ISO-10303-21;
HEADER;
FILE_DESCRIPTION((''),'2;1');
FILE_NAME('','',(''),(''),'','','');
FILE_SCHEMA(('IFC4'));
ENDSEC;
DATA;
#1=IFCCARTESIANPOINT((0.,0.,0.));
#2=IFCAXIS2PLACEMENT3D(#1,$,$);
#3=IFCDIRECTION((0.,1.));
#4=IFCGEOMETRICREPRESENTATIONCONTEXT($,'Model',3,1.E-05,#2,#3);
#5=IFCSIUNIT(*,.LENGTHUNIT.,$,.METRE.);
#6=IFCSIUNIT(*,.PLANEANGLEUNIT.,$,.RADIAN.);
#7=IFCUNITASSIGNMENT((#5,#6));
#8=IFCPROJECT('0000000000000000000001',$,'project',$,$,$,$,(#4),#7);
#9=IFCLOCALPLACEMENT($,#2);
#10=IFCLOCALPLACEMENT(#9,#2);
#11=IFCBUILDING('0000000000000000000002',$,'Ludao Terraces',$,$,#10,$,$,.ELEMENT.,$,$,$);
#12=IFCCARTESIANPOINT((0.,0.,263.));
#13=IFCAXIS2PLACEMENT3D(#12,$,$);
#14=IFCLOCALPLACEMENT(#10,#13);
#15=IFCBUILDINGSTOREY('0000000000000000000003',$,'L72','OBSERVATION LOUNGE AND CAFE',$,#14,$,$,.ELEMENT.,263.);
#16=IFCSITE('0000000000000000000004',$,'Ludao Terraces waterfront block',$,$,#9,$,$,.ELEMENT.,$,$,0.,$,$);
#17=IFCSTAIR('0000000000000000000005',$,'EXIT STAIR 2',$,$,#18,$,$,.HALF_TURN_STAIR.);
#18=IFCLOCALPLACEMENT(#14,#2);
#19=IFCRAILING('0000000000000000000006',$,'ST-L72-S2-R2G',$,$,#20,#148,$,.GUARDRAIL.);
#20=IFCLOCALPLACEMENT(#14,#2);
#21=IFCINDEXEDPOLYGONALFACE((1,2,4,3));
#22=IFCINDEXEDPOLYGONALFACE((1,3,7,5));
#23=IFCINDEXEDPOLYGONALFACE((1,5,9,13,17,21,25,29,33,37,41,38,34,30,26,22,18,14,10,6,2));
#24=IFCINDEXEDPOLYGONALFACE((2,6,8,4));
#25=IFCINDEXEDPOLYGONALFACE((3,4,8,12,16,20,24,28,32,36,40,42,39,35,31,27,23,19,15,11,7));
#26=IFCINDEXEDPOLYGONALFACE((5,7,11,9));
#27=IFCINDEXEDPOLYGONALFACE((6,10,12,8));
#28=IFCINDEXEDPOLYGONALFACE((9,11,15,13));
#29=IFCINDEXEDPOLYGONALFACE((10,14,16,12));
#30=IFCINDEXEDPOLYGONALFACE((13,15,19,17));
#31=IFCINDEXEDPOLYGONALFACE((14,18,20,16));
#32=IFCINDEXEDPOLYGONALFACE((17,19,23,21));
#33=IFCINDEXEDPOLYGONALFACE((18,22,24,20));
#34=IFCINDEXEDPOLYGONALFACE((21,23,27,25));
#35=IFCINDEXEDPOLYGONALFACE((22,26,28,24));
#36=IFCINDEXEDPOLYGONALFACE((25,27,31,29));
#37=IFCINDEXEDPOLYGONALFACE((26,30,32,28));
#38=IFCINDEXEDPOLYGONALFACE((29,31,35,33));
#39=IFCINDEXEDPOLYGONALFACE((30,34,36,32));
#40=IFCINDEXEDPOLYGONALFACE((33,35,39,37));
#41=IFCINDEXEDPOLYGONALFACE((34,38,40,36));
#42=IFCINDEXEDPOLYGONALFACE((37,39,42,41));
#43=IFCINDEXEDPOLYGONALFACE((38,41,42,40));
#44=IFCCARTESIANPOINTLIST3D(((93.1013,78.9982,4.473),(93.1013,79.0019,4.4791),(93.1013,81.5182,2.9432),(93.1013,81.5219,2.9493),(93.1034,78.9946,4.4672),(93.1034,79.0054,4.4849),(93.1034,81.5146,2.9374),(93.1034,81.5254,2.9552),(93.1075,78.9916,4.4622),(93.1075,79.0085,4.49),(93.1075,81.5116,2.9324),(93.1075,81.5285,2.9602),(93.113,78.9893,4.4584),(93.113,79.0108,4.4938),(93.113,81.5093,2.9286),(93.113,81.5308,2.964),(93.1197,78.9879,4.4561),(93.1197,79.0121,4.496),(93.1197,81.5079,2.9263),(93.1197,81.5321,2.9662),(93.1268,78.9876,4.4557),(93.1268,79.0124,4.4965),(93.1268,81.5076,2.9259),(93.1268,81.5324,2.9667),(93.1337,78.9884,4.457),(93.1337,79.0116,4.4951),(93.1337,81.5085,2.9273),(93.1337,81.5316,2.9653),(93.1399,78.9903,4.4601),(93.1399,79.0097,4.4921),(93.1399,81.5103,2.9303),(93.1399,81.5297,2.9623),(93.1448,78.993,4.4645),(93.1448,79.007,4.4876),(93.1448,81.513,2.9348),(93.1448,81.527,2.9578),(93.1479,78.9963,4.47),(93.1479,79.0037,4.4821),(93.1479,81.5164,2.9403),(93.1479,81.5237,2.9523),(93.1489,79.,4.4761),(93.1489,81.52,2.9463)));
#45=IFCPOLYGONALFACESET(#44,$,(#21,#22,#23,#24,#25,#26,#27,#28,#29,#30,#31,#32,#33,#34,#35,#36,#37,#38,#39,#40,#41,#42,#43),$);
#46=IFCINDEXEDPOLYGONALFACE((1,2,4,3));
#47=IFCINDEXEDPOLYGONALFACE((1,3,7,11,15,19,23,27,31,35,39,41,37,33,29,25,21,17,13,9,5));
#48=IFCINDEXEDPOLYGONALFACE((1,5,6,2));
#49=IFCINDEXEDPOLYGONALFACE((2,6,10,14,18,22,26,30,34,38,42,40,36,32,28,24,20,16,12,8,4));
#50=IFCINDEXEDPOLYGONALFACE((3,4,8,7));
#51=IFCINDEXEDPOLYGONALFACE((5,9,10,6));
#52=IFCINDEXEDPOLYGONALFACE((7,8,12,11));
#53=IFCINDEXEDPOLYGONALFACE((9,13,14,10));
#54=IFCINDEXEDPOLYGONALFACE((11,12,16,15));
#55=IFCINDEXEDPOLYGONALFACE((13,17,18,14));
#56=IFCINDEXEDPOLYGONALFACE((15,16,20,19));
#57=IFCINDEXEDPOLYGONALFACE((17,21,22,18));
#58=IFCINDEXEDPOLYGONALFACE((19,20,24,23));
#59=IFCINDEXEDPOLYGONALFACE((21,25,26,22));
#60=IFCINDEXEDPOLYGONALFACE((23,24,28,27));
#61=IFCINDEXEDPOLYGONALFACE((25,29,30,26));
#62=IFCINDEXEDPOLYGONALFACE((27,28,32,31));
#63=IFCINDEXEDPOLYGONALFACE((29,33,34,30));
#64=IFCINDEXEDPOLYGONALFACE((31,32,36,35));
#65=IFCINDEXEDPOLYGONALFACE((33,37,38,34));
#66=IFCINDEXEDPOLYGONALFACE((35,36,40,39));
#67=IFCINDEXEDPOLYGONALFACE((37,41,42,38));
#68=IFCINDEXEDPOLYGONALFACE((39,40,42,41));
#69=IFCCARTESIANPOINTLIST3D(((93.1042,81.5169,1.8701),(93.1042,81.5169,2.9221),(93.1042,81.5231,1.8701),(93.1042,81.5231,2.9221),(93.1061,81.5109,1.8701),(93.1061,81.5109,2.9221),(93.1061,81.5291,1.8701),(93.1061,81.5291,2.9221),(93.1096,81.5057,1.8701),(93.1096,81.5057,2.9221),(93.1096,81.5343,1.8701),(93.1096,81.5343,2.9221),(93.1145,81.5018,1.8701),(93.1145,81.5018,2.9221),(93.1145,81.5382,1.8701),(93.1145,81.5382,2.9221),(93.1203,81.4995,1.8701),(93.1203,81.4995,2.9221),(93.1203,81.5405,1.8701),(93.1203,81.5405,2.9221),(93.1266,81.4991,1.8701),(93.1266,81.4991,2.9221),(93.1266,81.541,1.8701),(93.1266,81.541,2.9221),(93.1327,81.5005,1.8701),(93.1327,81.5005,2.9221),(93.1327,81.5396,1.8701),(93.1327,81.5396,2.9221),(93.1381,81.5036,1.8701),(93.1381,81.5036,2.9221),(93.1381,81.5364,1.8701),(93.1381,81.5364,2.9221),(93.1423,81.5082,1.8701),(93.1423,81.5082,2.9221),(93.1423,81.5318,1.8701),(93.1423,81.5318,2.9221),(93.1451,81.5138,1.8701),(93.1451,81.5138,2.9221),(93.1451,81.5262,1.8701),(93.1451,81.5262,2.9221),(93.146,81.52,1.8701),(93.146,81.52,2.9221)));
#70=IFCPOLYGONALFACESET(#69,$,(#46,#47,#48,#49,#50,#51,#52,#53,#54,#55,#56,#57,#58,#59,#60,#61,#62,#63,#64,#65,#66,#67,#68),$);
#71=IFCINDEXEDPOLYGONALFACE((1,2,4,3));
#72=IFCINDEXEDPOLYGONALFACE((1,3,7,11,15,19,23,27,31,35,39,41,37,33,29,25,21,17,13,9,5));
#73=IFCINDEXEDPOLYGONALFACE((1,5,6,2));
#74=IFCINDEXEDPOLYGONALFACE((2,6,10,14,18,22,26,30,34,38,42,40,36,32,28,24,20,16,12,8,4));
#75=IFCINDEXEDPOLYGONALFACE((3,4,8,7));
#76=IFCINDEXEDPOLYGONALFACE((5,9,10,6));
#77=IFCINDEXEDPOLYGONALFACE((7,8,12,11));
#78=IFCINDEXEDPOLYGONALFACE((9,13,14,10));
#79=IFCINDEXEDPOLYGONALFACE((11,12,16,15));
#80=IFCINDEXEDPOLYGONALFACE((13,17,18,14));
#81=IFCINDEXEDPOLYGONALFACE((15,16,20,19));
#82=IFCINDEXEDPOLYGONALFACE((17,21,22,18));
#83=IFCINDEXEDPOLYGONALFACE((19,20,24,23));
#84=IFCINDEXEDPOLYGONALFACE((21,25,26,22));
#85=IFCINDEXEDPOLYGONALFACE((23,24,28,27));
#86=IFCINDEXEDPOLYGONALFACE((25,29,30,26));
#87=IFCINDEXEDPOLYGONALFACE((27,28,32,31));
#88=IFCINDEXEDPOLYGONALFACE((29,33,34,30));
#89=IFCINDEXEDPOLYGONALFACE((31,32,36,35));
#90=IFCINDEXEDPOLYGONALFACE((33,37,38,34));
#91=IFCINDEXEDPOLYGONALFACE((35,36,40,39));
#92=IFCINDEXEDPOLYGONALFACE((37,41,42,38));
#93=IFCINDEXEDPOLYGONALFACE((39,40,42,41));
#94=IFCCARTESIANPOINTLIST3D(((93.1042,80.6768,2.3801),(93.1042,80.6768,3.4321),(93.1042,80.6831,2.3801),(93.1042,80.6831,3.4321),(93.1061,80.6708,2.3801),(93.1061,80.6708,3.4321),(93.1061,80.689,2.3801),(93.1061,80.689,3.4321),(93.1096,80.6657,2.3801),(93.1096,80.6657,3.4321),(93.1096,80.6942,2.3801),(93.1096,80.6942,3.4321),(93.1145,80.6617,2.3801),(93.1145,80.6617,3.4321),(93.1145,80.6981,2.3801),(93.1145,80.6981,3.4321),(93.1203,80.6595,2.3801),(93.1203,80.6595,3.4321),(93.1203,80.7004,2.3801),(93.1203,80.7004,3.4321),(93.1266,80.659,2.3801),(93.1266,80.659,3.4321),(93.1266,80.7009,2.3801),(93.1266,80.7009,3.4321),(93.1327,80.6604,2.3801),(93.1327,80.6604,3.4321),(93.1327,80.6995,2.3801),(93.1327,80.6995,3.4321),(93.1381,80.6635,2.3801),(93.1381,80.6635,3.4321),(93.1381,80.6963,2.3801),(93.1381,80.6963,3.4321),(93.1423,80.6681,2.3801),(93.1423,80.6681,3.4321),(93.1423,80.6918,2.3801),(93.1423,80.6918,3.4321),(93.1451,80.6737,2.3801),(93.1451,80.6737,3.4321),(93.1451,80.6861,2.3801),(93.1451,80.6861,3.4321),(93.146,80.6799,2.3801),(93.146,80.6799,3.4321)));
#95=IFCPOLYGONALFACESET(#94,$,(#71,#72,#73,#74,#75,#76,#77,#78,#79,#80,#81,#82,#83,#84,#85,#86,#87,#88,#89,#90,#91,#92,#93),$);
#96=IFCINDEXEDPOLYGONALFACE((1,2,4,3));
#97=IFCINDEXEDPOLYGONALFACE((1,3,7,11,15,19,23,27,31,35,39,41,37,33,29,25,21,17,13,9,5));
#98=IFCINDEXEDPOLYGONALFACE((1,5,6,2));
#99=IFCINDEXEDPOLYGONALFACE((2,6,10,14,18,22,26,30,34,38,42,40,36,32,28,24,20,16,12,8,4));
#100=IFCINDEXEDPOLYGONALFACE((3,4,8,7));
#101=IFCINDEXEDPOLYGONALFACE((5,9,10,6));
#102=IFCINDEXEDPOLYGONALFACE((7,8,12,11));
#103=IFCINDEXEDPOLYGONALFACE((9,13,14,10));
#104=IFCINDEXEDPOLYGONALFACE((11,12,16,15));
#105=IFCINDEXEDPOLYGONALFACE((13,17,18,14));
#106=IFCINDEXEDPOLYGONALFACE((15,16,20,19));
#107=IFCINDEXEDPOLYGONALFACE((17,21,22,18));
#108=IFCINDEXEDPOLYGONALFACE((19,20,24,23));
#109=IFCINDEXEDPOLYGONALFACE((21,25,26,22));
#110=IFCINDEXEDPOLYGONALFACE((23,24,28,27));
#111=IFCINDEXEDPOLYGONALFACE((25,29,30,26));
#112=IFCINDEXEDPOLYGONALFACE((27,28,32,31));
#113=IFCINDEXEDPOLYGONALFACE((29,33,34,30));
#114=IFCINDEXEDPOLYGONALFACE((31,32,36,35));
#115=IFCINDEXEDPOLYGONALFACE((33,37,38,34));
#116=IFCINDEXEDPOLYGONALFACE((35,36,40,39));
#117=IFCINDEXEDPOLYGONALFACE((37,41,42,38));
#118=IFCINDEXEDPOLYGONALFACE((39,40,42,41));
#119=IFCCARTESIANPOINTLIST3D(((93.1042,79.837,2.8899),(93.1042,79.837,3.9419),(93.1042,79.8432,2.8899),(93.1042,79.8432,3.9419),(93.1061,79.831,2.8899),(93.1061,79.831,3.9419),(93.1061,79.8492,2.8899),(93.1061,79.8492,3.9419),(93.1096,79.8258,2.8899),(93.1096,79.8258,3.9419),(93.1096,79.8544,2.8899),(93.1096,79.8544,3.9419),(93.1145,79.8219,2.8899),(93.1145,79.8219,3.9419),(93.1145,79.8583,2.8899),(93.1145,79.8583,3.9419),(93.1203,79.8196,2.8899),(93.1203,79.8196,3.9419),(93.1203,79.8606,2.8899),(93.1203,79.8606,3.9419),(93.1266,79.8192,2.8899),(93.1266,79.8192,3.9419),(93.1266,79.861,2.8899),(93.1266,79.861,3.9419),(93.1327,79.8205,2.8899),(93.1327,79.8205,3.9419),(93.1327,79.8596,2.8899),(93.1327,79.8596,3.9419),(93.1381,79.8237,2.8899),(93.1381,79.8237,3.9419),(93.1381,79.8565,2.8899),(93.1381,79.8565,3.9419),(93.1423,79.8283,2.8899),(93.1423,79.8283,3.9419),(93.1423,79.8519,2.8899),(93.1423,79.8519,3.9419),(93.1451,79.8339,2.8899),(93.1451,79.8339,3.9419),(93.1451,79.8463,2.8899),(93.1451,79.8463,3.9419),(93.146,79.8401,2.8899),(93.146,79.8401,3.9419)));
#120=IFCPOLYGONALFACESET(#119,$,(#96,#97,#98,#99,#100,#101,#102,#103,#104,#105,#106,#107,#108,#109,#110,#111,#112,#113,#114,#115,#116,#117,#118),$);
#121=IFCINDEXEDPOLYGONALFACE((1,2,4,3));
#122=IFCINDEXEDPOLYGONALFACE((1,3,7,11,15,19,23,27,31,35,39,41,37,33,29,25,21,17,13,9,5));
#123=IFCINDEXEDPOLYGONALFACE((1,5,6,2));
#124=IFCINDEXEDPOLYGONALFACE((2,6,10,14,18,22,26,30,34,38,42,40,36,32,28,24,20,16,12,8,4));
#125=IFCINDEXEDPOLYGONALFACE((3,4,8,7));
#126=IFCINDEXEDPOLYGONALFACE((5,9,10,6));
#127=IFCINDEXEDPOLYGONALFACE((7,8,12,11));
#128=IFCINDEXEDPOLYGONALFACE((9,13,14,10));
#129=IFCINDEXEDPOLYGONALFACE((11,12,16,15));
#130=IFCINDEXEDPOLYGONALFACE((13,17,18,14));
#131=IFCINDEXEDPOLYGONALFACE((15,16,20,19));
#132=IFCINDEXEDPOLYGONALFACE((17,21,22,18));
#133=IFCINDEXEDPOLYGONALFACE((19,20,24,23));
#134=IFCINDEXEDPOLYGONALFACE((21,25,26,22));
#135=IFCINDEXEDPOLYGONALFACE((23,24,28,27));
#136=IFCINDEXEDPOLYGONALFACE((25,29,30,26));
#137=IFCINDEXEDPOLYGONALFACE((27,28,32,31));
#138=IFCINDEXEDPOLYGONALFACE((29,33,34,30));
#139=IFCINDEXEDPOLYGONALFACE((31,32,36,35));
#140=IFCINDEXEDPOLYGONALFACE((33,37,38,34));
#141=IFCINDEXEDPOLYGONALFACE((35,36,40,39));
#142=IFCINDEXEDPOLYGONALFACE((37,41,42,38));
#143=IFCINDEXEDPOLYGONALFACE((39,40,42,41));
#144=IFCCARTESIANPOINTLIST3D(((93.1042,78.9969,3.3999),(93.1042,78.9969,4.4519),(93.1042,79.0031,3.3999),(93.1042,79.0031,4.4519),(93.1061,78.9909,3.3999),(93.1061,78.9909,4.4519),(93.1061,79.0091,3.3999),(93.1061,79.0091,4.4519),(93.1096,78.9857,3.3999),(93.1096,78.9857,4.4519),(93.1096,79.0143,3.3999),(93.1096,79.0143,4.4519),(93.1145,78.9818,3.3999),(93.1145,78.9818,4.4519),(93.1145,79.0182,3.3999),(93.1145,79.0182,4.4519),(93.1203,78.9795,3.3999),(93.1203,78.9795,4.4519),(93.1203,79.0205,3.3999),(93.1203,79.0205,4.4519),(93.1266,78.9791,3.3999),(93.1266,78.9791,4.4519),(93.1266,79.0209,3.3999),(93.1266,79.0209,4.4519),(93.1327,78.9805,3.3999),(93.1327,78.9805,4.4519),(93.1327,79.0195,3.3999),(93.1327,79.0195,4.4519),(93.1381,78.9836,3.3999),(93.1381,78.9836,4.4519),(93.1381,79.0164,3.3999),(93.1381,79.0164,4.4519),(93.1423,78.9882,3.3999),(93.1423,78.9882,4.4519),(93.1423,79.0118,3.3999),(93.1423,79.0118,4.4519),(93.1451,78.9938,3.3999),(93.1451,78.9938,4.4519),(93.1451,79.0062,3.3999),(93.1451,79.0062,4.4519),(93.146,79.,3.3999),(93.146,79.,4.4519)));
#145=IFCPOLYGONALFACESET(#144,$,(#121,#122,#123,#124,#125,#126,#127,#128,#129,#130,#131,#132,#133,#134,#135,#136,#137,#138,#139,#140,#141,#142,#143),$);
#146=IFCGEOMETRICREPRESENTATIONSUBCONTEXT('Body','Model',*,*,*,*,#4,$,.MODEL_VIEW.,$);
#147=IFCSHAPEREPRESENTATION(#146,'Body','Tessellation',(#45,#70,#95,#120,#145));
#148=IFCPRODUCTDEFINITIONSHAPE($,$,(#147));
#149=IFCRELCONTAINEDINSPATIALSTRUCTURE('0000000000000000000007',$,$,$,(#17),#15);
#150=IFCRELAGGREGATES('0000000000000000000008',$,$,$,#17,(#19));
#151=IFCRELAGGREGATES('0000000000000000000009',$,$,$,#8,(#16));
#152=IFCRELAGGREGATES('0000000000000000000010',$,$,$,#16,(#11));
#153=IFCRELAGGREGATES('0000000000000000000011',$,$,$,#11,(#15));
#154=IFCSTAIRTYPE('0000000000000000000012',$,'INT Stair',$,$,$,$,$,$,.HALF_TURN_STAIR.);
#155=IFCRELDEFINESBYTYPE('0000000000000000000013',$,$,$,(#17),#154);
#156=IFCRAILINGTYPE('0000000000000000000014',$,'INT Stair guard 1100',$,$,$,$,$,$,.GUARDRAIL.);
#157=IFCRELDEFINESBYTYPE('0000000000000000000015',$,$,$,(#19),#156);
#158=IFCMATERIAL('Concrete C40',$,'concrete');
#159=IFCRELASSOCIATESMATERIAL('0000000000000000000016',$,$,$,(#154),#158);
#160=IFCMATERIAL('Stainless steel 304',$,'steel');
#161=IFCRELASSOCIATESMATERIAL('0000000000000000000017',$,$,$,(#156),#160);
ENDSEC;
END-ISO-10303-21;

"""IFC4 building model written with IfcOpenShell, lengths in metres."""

from ifc_helpers import new_model, si_unit, direction, frame, origin, origin_2d, place, context, subcontext, project, spatial, circle, extrude, material, type_object, element, aggregate, save


model = new_model("IFC4")

# Units and contexts
model_context = context("Model", 3, precision=1e-05, world=origin(), true_north=direction((0.0, 1.0)))
body_context = subcontext(model_context, "Body", "Model", "MODEL_VIEW")
ifc_project = project(units=[si_unit("LENGTHUNIT", "METRE"), si_unit("PLANEANGLEUNIT", "RADIAN")], contexts=[model_context])

# Site, building, storey
site_placement = place(None, origin())
site = spatial("IfcSite", under=ifc_project, at=site_placement, Name="Ludao Terraces waterfront block", CompositionType="ELEMENT", RefElevation=0.0)
building_placement = place(site_placement, origin())
building = spatial("IfcBuilding", under=site, at=building_placement, Name="Ludao Terraces", CompositionType="ELEMENT")
storey_placement = place(building_placement, frame((0.0, 0.0, 263.0)))
storey = spatial("IfcBuildingStorey", under=building, at=storey_placement, Name="L72", Description="OBSERVATION LOUNGE AND CAFE", CompositionType="ELEMENT", Elevation=263.0)

# Shared definitions
ifc_material_1 = material(Name="Concrete C40", Category="concrete")

# Stair, railing
stair_type = type_object("IfcStairType", Name="INT Stair", PredefinedType="HALF_TURN_STAIR", material=ifc_material_1)
stair_placement = place(storey_placement, origin())
stair = element("IfcStair", 1, at=stair_placement, inside=storey, type_object=stair_type, Name="EXIT STAIR 2", PredefinedType="HALF_TURN_STAIR")
ifc_material_2 = material(Name="Stainless steel 304", Category="steel")
railing_type_1 = type_object("IfcRailingType", Name="INT Stair guard 1100", PredefinedType="GUARDRAIL", material=ifc_material_2)
railing_1_placement = place(storey_placement, frame((93.125, 81.52, 1.8701)))
railing_1 = element("IfcRailing", 2, at=railing_1_placement, type_object=railing_type_1, Name="ST-L72-S2-R2G", PredefinedType="GUARDRAIL", context=body_context, shape_type="SweptSolid", body=[
    extrude(circle(Radius=0.0239, at=origin_2d()), frame((0.0, 0.0, 1.0762), z_axis=(0.0, -0.854822, 0.518922), x_axis=(1.0, 0.0, 0.0)), (0.0, 0.0, 1.0), 2.948),
    extrude(circle(Radius=0.021, at=origin_2d()), origin(), (0.0, 0.0, 1.0), 1.052),
    extrude(circle(Radius=0.021, at=origin_2d()), frame((0.0, -0.8401, 0.51)), (0.0, 0.0, 1.0), 1.052),
    extrude(circle(Radius=0.021, at=origin_2d()), frame((0.0, -1.6799, 1.0198)), (0.0, 0.0, 1.0), 1.052),
    extrude(circle(Radius=0.021, at=origin_2d()), frame((0.0, -2.52, 1.5298)), (0.0, 0.0, 1.0), 1.052),
])
aggregate(stair, [railing_1])

save(model, "model.ifc")
